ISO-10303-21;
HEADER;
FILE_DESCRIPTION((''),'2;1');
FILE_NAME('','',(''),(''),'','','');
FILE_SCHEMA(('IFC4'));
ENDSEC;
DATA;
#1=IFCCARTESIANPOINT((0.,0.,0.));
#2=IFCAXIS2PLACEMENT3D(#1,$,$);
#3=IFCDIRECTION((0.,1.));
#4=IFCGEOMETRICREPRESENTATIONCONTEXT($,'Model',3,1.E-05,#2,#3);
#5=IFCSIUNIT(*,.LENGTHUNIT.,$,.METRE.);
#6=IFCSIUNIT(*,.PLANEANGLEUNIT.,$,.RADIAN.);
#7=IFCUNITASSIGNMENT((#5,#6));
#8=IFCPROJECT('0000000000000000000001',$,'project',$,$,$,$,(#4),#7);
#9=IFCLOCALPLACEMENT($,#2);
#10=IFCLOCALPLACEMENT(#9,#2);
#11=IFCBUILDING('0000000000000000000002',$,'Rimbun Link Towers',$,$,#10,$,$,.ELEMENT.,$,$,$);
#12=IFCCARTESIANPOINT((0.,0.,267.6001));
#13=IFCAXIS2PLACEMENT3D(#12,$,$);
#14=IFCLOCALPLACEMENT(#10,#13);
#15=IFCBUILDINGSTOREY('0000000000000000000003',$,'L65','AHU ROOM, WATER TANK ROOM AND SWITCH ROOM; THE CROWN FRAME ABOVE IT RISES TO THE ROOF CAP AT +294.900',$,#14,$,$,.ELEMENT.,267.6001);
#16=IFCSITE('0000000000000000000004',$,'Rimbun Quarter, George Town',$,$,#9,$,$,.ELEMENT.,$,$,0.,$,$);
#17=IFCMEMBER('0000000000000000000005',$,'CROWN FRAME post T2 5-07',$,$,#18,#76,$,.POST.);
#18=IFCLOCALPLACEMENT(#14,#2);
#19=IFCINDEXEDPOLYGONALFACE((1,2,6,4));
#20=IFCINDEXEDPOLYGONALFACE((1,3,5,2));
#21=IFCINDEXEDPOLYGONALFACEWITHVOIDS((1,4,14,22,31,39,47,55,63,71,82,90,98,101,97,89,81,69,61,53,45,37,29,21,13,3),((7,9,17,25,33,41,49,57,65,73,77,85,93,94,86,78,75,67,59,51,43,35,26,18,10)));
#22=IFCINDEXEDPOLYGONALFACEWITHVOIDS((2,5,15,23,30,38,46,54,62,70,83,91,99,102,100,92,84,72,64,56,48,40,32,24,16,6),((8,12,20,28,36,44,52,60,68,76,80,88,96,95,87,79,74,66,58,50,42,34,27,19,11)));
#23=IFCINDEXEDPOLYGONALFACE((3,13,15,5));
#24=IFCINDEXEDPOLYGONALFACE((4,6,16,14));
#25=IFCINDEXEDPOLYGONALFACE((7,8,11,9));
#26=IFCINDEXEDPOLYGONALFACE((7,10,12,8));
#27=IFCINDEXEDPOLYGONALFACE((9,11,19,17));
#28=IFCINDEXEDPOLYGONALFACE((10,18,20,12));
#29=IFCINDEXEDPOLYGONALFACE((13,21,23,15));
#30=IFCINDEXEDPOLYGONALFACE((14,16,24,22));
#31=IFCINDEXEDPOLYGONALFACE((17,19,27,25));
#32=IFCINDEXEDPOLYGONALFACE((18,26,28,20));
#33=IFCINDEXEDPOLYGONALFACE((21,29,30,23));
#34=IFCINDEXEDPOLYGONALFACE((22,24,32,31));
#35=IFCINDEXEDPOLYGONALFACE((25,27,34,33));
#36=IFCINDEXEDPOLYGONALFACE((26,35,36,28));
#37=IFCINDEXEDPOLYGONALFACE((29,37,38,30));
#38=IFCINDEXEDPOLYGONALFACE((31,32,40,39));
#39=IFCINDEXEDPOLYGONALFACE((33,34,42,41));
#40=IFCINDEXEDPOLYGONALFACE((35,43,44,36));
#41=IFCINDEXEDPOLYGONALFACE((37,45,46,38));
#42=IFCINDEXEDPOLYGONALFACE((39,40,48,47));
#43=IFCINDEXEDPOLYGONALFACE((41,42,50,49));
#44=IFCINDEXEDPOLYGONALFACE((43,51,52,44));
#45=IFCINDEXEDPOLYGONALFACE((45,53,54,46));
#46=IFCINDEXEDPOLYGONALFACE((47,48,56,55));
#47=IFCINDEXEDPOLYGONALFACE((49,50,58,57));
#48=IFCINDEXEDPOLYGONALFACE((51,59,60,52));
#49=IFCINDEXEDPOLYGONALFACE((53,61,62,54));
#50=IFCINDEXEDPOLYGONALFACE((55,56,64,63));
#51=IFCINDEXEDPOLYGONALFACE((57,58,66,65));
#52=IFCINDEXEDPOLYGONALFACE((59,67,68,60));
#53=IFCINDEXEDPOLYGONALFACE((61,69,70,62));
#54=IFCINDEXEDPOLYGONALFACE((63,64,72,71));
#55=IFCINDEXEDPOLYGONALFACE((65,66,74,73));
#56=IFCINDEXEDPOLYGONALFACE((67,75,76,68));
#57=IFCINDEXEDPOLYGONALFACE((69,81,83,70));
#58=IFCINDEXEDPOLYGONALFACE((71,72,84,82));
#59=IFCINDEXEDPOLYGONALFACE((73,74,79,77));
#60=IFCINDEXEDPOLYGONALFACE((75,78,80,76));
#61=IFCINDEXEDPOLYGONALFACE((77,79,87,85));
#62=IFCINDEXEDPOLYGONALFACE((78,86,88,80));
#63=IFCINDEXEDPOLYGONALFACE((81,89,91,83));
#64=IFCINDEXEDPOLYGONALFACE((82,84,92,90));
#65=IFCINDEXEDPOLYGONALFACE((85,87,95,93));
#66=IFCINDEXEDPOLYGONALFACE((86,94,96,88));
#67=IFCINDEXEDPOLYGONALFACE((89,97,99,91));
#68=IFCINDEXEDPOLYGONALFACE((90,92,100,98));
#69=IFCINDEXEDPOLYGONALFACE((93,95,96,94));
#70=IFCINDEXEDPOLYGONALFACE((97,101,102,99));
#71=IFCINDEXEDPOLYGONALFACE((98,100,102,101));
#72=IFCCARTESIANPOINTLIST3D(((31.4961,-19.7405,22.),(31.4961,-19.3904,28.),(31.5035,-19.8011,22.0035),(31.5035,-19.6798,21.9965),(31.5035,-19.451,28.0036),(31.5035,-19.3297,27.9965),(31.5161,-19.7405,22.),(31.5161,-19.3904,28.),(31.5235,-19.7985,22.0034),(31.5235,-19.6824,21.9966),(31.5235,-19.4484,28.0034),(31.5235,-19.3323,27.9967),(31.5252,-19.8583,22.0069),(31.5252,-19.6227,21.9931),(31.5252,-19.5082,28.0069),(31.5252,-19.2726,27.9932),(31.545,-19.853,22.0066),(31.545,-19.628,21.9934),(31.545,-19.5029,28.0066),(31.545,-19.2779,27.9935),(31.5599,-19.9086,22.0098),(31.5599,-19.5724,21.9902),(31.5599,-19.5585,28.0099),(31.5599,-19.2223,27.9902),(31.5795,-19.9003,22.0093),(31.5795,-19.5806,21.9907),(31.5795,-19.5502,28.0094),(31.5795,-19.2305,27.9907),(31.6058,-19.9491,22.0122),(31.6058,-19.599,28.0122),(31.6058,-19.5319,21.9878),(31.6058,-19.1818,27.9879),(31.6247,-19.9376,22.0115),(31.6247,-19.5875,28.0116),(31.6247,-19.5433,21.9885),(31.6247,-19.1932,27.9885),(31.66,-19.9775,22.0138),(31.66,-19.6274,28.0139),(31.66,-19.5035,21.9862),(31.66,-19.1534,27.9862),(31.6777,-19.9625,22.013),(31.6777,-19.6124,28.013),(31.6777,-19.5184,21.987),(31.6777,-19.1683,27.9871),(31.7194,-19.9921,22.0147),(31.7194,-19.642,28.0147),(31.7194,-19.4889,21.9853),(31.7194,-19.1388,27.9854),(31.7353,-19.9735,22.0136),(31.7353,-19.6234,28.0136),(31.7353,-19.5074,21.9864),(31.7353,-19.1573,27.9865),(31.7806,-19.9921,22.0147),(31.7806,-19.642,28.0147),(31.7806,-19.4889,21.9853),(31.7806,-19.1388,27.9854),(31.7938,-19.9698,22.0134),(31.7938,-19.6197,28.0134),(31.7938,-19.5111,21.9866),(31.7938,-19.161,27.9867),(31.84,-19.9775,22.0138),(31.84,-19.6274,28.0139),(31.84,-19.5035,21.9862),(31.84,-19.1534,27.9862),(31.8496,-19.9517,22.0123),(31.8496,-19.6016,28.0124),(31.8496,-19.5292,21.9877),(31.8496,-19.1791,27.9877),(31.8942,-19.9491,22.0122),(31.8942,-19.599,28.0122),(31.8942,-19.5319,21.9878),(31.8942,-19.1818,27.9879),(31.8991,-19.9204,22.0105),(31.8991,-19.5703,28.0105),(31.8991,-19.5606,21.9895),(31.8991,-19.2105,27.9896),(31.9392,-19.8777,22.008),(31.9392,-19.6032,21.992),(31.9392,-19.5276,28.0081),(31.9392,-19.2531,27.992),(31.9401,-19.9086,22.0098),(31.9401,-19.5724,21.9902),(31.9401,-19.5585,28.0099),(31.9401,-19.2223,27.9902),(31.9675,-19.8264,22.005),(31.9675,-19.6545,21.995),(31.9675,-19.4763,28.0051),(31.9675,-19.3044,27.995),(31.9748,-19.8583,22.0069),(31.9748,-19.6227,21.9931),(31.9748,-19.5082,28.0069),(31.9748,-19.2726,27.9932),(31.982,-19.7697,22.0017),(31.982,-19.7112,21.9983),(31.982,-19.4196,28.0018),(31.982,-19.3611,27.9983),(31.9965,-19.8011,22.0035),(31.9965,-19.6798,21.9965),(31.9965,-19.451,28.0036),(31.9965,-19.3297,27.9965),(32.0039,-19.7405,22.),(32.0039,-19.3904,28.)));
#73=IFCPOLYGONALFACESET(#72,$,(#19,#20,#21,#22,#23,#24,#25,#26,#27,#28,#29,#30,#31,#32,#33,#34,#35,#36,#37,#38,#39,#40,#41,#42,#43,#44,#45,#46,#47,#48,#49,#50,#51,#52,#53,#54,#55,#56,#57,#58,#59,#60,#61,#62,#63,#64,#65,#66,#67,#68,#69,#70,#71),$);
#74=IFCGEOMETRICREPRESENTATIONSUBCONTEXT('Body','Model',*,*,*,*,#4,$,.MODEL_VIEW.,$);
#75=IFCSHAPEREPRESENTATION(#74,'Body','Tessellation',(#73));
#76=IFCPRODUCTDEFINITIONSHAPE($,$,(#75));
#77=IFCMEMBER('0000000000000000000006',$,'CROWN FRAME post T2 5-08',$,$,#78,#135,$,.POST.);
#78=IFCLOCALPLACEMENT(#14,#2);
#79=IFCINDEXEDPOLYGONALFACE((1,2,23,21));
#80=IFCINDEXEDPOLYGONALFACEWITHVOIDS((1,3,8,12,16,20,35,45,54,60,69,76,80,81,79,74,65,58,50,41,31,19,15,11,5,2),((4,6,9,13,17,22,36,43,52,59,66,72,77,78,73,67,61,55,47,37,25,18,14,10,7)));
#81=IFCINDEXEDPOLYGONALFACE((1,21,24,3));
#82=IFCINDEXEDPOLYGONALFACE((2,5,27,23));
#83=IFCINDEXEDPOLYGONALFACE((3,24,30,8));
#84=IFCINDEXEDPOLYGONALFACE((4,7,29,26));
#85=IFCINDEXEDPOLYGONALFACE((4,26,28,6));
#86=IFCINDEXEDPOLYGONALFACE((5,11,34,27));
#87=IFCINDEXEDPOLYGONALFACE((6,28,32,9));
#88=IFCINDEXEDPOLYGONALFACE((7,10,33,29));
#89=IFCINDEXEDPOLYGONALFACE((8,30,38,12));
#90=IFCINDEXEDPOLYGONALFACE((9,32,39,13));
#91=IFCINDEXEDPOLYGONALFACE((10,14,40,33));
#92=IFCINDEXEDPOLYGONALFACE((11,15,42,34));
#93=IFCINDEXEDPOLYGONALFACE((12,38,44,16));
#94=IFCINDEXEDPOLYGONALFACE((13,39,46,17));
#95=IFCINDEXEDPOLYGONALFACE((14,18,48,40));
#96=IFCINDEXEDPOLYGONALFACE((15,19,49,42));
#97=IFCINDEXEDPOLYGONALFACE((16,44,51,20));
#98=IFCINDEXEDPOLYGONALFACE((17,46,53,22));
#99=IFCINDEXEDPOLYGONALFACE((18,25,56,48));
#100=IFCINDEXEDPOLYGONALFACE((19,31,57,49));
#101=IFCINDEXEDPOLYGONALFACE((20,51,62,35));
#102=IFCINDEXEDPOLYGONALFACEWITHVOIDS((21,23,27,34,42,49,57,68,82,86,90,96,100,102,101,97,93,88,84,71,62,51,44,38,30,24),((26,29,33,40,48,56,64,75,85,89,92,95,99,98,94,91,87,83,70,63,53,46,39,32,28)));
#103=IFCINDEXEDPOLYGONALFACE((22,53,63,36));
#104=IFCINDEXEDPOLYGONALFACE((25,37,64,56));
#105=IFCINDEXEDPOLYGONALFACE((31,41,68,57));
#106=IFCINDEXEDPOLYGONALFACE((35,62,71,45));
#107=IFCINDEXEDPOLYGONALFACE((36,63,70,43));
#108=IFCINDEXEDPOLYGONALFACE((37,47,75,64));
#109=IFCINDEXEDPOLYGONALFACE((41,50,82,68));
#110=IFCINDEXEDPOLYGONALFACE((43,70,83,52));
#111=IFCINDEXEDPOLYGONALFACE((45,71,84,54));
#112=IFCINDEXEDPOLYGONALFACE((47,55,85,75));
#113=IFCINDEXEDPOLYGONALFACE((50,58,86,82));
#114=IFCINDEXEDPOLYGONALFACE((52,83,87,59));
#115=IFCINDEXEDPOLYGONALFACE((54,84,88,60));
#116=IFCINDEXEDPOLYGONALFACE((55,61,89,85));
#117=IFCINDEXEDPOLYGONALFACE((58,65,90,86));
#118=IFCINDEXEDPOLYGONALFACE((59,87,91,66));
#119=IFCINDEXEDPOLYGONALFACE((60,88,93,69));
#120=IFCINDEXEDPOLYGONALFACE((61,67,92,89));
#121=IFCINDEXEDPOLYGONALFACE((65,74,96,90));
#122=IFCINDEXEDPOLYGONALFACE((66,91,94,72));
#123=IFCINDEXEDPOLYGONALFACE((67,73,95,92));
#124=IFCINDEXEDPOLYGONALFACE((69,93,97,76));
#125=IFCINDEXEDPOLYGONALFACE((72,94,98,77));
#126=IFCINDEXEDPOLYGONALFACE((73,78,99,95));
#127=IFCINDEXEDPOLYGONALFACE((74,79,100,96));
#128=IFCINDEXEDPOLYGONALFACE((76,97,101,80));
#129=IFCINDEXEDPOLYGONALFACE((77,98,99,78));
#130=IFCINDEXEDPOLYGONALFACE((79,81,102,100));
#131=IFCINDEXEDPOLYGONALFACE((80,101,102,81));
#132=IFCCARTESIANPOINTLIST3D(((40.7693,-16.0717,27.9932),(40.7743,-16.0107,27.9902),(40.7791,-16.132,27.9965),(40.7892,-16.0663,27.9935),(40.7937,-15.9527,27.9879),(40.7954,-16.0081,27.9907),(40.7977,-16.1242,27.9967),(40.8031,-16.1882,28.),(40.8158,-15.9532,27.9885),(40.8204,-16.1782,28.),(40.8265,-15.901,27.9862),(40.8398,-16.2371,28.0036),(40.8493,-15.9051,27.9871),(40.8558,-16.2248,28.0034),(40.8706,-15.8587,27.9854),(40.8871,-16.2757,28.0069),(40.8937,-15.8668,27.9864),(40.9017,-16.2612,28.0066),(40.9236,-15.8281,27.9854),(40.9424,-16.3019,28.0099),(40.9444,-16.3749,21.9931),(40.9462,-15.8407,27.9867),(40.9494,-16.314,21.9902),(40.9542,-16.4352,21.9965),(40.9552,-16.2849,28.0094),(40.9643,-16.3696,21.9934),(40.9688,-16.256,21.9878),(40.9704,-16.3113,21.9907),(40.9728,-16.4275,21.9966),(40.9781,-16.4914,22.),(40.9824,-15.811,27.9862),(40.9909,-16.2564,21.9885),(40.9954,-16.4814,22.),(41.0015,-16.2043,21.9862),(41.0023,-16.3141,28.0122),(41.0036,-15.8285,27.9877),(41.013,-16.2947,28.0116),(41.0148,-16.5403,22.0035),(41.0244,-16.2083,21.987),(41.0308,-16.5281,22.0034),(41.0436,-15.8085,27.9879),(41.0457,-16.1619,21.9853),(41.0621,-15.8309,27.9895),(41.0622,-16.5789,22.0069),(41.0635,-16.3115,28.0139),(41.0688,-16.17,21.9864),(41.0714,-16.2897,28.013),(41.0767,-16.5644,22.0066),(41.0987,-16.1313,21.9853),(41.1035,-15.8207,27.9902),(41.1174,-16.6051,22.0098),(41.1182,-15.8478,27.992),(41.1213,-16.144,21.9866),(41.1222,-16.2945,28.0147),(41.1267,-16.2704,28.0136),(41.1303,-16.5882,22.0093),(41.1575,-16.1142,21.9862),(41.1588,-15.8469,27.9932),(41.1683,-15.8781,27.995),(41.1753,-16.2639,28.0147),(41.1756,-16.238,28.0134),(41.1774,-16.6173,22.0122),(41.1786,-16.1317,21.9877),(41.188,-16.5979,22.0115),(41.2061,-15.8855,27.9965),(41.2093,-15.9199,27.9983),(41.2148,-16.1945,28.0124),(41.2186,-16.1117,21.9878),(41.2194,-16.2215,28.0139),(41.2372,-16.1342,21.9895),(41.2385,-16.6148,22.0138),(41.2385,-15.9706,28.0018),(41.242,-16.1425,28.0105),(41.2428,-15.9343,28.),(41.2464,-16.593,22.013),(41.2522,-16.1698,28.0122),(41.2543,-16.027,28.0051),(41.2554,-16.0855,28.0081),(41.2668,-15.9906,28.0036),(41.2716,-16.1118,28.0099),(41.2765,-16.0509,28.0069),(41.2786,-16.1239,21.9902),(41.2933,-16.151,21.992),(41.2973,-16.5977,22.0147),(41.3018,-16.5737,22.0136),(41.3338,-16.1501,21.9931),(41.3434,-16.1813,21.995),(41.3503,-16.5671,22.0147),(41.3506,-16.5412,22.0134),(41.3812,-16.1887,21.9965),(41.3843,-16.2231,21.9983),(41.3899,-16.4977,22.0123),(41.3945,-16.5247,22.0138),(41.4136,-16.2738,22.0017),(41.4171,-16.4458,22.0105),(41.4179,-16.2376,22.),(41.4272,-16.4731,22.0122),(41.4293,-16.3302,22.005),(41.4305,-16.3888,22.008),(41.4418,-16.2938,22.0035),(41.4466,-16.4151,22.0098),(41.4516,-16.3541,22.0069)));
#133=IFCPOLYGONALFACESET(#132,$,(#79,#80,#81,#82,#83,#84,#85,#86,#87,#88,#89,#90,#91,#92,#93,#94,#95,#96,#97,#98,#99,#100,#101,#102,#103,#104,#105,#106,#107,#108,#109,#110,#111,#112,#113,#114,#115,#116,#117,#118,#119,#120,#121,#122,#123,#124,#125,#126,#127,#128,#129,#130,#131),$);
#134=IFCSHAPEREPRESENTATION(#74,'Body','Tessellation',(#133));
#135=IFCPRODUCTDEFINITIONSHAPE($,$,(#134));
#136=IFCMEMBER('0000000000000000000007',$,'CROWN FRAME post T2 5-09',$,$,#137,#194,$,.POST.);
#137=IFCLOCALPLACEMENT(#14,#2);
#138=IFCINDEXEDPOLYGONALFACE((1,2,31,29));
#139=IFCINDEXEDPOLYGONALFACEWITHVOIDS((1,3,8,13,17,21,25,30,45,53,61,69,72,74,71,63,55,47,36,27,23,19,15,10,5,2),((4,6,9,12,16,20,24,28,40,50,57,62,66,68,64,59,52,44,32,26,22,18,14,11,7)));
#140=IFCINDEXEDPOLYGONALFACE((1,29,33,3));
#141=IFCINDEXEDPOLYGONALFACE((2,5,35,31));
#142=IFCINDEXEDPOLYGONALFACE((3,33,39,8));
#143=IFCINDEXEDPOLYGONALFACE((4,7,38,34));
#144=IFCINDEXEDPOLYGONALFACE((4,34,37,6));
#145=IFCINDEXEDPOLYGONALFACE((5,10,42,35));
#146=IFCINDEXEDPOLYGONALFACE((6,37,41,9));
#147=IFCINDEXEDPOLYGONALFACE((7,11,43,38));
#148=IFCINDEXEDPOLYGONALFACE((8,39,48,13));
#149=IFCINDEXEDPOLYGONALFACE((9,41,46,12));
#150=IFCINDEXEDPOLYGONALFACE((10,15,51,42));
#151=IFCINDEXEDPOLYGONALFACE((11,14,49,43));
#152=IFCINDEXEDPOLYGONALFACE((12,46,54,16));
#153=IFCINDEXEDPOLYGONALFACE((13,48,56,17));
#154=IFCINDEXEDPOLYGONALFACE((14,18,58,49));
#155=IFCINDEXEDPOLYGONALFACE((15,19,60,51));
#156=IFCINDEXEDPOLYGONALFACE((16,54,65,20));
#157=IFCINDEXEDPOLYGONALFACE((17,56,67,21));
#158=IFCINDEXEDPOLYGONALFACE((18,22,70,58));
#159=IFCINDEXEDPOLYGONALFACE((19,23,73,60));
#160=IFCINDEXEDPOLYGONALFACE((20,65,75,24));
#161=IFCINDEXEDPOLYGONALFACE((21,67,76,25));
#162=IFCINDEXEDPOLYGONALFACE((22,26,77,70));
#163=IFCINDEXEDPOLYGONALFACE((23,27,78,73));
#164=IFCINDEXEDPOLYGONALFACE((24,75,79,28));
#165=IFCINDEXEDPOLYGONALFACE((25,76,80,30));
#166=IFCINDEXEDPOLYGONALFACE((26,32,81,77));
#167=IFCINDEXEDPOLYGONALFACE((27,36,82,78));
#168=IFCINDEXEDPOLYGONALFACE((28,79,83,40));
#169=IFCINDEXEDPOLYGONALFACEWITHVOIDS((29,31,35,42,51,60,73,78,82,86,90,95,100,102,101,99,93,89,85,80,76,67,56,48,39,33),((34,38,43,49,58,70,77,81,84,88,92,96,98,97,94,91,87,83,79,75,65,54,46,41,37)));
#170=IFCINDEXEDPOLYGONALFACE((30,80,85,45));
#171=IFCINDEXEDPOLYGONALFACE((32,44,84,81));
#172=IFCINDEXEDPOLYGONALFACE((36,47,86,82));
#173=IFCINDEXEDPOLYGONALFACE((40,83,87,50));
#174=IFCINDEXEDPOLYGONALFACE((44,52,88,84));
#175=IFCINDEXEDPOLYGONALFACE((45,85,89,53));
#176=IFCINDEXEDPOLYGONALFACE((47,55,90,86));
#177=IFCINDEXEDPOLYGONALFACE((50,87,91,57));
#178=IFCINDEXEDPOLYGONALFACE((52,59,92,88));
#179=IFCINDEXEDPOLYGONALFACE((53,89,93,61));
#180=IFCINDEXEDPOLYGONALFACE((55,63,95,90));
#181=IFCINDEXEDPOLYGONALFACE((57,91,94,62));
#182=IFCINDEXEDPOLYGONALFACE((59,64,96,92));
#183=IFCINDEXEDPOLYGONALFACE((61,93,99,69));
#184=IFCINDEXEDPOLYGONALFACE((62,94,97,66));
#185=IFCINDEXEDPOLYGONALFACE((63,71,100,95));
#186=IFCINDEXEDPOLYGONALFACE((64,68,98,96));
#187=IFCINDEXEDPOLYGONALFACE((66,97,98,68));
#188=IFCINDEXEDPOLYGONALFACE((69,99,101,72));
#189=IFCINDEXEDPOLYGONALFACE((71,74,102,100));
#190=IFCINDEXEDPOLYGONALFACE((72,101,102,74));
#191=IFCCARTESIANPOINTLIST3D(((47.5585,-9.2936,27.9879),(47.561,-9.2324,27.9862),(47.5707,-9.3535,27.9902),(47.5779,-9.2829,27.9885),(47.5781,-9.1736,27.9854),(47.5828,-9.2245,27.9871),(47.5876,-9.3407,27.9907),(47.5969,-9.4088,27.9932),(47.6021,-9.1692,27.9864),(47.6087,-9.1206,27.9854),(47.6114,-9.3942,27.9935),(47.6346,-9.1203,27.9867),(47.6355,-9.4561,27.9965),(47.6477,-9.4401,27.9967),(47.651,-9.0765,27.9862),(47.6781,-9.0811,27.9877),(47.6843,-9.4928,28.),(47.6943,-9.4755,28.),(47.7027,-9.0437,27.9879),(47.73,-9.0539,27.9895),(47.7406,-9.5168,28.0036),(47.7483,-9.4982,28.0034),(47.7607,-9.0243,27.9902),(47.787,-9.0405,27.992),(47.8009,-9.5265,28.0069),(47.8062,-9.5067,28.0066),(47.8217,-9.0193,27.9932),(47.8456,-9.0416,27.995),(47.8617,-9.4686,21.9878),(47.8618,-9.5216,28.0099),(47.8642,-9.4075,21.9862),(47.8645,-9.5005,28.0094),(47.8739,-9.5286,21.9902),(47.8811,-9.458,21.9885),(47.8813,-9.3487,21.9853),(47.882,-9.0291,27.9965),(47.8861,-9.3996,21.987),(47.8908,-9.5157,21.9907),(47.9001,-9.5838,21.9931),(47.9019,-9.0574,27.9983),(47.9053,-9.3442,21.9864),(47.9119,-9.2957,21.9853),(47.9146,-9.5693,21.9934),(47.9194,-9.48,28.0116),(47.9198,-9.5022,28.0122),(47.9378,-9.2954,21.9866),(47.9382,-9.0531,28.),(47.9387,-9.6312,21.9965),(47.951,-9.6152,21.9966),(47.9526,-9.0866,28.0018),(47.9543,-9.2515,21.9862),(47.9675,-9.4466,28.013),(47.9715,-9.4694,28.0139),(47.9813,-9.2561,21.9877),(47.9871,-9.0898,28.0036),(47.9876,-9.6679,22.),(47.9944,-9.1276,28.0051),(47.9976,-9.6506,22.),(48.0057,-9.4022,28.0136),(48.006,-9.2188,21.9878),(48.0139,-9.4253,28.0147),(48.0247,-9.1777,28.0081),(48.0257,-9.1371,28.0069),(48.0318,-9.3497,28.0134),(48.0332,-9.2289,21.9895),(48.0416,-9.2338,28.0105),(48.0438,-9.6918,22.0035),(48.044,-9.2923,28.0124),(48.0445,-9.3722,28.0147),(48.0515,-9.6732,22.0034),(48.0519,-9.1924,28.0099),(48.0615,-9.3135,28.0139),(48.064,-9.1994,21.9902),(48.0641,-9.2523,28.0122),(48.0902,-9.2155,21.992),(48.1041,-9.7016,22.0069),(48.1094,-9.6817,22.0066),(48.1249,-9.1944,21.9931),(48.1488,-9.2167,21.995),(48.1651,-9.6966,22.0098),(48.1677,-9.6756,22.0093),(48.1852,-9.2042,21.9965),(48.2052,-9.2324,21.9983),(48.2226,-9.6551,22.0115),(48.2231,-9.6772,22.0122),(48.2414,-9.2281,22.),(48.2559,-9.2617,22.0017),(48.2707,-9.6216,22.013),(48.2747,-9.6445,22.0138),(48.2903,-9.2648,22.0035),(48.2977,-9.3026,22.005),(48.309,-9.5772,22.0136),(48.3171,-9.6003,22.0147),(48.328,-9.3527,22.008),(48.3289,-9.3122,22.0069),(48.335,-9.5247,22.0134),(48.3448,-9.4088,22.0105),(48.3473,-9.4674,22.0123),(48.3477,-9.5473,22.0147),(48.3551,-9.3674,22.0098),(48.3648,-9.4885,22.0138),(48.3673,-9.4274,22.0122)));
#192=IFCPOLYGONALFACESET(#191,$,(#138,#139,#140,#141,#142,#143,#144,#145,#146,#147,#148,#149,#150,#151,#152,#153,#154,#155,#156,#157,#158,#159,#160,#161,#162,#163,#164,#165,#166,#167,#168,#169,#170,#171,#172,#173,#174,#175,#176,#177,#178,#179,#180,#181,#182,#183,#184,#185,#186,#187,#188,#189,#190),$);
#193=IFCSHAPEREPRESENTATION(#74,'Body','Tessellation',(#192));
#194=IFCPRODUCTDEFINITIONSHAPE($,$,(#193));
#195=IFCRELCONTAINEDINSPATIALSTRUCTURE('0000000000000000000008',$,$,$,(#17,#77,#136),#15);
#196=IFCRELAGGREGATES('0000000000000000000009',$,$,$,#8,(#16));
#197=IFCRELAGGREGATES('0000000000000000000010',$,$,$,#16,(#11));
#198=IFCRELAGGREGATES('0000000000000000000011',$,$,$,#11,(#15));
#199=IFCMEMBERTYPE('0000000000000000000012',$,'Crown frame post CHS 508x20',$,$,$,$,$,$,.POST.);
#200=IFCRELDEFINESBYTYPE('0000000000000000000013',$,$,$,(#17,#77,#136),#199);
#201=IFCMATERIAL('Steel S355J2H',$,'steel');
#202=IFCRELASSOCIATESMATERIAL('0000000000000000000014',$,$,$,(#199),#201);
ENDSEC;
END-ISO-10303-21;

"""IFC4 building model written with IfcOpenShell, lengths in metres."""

from ifc_helpers import new_model, si_unit, direction, frame, origin, origin_2d, place, context, subcontext, project, spatial, hollow_circle, extrude, material, material_profile, profile_set, type_object, element, save


model = new_model("IFC4")

# Units and contexts
model_context = context("Model", 3, precision=1e-05, world=origin(), true_north=direction((0.0, 1.0)))
body_context = subcontext(model_context, "Body", "Model", "MODEL_VIEW")
ifc_project = project(units=[si_unit("LENGTHUNIT", "METRE"), si_unit("PLANEANGLEUNIT", "RADIAN")], contexts=[model_context])

# Site, building, storey
site_placement = place(None, origin())
site = spatial("IfcSite", under=ifc_project, at=site_placement, Name="Rimbun Quarter, George Town", CompositionType="ELEMENT", RefElevation=0.0)
building_placement = place(site_placement, origin())
building = spatial("IfcBuilding", under=site, at=building_placement, Name="Rimbun Link Towers", CompositionType="ELEMENT")
storey_placement = place(building_placement, frame((0.0, 0.0, 267.6001)))
storey = spatial("IfcBuildingStorey", under=building, at=storey_placement, Name="L65", Description="AHU ROOM, WATER TANK ROOM AND SWITCH ROOM; THE CROWN FRAME ABOVE IT RISES TO THE ROOF CAP AT +294.900", CompositionType="ELEMENT", Elevation=267.6001)

# Members
ifc_material_1 = material(Name="Steel S355J2H", Category="steel")
ifc_material_profile_1 = material_profile(ifc_material_1, hollow_circle(Radius=0.2539, WallThickness=0.02, at=origin_2d()), Name="Crown frame post CHS 508x20")
ifc_profile_set_1 = profile_set([ifc_material_profile_1], Name="Steel S355J2H")
member_type_1 = type_object("IfcMemberType", Name="Crown frame post CHS 508x20", PredefinedType="POST", material=ifc_profile_set_1)
for number, where, z_axis, x_axis, name in (
    (1, (31.75, -19.7405, 22.0), (0.0, 0.058251, 0.998302), (-1.0, 0.0, 0.0), "CROWN FRAME post T2 5-07"),
    (2, (41.198, -16.3645, 22.0), (-0.029125, 0.050451, 0.998302), (-0.866046, -0.499964, 0.0), "CROWN FRAME post T2 5-08"),
    (3, (48.1145, -9.448, 22.0), (-0.050451, 0.029125, 0.998302), (-0.499964, -0.866046, 0.0), "CROWN FRAME post T2 5-09"),
):
    element("IfcMember", number, at=place(storey_placement, frame(where, z_axis=z_axis, x_axis=x_axis)), inside=storey, type_object=member_type_1, Name=name, PredefinedType="POST", context=body_context, shape_type="SweptSolid", body=[
        extrude(hollow_circle(Radius=0.2539, WallThickness=0.02, at=origin_2d()), origin(), (0.0, 0.0, 1.0), 6.0103),
    ])

save(model, "model.ifc")
